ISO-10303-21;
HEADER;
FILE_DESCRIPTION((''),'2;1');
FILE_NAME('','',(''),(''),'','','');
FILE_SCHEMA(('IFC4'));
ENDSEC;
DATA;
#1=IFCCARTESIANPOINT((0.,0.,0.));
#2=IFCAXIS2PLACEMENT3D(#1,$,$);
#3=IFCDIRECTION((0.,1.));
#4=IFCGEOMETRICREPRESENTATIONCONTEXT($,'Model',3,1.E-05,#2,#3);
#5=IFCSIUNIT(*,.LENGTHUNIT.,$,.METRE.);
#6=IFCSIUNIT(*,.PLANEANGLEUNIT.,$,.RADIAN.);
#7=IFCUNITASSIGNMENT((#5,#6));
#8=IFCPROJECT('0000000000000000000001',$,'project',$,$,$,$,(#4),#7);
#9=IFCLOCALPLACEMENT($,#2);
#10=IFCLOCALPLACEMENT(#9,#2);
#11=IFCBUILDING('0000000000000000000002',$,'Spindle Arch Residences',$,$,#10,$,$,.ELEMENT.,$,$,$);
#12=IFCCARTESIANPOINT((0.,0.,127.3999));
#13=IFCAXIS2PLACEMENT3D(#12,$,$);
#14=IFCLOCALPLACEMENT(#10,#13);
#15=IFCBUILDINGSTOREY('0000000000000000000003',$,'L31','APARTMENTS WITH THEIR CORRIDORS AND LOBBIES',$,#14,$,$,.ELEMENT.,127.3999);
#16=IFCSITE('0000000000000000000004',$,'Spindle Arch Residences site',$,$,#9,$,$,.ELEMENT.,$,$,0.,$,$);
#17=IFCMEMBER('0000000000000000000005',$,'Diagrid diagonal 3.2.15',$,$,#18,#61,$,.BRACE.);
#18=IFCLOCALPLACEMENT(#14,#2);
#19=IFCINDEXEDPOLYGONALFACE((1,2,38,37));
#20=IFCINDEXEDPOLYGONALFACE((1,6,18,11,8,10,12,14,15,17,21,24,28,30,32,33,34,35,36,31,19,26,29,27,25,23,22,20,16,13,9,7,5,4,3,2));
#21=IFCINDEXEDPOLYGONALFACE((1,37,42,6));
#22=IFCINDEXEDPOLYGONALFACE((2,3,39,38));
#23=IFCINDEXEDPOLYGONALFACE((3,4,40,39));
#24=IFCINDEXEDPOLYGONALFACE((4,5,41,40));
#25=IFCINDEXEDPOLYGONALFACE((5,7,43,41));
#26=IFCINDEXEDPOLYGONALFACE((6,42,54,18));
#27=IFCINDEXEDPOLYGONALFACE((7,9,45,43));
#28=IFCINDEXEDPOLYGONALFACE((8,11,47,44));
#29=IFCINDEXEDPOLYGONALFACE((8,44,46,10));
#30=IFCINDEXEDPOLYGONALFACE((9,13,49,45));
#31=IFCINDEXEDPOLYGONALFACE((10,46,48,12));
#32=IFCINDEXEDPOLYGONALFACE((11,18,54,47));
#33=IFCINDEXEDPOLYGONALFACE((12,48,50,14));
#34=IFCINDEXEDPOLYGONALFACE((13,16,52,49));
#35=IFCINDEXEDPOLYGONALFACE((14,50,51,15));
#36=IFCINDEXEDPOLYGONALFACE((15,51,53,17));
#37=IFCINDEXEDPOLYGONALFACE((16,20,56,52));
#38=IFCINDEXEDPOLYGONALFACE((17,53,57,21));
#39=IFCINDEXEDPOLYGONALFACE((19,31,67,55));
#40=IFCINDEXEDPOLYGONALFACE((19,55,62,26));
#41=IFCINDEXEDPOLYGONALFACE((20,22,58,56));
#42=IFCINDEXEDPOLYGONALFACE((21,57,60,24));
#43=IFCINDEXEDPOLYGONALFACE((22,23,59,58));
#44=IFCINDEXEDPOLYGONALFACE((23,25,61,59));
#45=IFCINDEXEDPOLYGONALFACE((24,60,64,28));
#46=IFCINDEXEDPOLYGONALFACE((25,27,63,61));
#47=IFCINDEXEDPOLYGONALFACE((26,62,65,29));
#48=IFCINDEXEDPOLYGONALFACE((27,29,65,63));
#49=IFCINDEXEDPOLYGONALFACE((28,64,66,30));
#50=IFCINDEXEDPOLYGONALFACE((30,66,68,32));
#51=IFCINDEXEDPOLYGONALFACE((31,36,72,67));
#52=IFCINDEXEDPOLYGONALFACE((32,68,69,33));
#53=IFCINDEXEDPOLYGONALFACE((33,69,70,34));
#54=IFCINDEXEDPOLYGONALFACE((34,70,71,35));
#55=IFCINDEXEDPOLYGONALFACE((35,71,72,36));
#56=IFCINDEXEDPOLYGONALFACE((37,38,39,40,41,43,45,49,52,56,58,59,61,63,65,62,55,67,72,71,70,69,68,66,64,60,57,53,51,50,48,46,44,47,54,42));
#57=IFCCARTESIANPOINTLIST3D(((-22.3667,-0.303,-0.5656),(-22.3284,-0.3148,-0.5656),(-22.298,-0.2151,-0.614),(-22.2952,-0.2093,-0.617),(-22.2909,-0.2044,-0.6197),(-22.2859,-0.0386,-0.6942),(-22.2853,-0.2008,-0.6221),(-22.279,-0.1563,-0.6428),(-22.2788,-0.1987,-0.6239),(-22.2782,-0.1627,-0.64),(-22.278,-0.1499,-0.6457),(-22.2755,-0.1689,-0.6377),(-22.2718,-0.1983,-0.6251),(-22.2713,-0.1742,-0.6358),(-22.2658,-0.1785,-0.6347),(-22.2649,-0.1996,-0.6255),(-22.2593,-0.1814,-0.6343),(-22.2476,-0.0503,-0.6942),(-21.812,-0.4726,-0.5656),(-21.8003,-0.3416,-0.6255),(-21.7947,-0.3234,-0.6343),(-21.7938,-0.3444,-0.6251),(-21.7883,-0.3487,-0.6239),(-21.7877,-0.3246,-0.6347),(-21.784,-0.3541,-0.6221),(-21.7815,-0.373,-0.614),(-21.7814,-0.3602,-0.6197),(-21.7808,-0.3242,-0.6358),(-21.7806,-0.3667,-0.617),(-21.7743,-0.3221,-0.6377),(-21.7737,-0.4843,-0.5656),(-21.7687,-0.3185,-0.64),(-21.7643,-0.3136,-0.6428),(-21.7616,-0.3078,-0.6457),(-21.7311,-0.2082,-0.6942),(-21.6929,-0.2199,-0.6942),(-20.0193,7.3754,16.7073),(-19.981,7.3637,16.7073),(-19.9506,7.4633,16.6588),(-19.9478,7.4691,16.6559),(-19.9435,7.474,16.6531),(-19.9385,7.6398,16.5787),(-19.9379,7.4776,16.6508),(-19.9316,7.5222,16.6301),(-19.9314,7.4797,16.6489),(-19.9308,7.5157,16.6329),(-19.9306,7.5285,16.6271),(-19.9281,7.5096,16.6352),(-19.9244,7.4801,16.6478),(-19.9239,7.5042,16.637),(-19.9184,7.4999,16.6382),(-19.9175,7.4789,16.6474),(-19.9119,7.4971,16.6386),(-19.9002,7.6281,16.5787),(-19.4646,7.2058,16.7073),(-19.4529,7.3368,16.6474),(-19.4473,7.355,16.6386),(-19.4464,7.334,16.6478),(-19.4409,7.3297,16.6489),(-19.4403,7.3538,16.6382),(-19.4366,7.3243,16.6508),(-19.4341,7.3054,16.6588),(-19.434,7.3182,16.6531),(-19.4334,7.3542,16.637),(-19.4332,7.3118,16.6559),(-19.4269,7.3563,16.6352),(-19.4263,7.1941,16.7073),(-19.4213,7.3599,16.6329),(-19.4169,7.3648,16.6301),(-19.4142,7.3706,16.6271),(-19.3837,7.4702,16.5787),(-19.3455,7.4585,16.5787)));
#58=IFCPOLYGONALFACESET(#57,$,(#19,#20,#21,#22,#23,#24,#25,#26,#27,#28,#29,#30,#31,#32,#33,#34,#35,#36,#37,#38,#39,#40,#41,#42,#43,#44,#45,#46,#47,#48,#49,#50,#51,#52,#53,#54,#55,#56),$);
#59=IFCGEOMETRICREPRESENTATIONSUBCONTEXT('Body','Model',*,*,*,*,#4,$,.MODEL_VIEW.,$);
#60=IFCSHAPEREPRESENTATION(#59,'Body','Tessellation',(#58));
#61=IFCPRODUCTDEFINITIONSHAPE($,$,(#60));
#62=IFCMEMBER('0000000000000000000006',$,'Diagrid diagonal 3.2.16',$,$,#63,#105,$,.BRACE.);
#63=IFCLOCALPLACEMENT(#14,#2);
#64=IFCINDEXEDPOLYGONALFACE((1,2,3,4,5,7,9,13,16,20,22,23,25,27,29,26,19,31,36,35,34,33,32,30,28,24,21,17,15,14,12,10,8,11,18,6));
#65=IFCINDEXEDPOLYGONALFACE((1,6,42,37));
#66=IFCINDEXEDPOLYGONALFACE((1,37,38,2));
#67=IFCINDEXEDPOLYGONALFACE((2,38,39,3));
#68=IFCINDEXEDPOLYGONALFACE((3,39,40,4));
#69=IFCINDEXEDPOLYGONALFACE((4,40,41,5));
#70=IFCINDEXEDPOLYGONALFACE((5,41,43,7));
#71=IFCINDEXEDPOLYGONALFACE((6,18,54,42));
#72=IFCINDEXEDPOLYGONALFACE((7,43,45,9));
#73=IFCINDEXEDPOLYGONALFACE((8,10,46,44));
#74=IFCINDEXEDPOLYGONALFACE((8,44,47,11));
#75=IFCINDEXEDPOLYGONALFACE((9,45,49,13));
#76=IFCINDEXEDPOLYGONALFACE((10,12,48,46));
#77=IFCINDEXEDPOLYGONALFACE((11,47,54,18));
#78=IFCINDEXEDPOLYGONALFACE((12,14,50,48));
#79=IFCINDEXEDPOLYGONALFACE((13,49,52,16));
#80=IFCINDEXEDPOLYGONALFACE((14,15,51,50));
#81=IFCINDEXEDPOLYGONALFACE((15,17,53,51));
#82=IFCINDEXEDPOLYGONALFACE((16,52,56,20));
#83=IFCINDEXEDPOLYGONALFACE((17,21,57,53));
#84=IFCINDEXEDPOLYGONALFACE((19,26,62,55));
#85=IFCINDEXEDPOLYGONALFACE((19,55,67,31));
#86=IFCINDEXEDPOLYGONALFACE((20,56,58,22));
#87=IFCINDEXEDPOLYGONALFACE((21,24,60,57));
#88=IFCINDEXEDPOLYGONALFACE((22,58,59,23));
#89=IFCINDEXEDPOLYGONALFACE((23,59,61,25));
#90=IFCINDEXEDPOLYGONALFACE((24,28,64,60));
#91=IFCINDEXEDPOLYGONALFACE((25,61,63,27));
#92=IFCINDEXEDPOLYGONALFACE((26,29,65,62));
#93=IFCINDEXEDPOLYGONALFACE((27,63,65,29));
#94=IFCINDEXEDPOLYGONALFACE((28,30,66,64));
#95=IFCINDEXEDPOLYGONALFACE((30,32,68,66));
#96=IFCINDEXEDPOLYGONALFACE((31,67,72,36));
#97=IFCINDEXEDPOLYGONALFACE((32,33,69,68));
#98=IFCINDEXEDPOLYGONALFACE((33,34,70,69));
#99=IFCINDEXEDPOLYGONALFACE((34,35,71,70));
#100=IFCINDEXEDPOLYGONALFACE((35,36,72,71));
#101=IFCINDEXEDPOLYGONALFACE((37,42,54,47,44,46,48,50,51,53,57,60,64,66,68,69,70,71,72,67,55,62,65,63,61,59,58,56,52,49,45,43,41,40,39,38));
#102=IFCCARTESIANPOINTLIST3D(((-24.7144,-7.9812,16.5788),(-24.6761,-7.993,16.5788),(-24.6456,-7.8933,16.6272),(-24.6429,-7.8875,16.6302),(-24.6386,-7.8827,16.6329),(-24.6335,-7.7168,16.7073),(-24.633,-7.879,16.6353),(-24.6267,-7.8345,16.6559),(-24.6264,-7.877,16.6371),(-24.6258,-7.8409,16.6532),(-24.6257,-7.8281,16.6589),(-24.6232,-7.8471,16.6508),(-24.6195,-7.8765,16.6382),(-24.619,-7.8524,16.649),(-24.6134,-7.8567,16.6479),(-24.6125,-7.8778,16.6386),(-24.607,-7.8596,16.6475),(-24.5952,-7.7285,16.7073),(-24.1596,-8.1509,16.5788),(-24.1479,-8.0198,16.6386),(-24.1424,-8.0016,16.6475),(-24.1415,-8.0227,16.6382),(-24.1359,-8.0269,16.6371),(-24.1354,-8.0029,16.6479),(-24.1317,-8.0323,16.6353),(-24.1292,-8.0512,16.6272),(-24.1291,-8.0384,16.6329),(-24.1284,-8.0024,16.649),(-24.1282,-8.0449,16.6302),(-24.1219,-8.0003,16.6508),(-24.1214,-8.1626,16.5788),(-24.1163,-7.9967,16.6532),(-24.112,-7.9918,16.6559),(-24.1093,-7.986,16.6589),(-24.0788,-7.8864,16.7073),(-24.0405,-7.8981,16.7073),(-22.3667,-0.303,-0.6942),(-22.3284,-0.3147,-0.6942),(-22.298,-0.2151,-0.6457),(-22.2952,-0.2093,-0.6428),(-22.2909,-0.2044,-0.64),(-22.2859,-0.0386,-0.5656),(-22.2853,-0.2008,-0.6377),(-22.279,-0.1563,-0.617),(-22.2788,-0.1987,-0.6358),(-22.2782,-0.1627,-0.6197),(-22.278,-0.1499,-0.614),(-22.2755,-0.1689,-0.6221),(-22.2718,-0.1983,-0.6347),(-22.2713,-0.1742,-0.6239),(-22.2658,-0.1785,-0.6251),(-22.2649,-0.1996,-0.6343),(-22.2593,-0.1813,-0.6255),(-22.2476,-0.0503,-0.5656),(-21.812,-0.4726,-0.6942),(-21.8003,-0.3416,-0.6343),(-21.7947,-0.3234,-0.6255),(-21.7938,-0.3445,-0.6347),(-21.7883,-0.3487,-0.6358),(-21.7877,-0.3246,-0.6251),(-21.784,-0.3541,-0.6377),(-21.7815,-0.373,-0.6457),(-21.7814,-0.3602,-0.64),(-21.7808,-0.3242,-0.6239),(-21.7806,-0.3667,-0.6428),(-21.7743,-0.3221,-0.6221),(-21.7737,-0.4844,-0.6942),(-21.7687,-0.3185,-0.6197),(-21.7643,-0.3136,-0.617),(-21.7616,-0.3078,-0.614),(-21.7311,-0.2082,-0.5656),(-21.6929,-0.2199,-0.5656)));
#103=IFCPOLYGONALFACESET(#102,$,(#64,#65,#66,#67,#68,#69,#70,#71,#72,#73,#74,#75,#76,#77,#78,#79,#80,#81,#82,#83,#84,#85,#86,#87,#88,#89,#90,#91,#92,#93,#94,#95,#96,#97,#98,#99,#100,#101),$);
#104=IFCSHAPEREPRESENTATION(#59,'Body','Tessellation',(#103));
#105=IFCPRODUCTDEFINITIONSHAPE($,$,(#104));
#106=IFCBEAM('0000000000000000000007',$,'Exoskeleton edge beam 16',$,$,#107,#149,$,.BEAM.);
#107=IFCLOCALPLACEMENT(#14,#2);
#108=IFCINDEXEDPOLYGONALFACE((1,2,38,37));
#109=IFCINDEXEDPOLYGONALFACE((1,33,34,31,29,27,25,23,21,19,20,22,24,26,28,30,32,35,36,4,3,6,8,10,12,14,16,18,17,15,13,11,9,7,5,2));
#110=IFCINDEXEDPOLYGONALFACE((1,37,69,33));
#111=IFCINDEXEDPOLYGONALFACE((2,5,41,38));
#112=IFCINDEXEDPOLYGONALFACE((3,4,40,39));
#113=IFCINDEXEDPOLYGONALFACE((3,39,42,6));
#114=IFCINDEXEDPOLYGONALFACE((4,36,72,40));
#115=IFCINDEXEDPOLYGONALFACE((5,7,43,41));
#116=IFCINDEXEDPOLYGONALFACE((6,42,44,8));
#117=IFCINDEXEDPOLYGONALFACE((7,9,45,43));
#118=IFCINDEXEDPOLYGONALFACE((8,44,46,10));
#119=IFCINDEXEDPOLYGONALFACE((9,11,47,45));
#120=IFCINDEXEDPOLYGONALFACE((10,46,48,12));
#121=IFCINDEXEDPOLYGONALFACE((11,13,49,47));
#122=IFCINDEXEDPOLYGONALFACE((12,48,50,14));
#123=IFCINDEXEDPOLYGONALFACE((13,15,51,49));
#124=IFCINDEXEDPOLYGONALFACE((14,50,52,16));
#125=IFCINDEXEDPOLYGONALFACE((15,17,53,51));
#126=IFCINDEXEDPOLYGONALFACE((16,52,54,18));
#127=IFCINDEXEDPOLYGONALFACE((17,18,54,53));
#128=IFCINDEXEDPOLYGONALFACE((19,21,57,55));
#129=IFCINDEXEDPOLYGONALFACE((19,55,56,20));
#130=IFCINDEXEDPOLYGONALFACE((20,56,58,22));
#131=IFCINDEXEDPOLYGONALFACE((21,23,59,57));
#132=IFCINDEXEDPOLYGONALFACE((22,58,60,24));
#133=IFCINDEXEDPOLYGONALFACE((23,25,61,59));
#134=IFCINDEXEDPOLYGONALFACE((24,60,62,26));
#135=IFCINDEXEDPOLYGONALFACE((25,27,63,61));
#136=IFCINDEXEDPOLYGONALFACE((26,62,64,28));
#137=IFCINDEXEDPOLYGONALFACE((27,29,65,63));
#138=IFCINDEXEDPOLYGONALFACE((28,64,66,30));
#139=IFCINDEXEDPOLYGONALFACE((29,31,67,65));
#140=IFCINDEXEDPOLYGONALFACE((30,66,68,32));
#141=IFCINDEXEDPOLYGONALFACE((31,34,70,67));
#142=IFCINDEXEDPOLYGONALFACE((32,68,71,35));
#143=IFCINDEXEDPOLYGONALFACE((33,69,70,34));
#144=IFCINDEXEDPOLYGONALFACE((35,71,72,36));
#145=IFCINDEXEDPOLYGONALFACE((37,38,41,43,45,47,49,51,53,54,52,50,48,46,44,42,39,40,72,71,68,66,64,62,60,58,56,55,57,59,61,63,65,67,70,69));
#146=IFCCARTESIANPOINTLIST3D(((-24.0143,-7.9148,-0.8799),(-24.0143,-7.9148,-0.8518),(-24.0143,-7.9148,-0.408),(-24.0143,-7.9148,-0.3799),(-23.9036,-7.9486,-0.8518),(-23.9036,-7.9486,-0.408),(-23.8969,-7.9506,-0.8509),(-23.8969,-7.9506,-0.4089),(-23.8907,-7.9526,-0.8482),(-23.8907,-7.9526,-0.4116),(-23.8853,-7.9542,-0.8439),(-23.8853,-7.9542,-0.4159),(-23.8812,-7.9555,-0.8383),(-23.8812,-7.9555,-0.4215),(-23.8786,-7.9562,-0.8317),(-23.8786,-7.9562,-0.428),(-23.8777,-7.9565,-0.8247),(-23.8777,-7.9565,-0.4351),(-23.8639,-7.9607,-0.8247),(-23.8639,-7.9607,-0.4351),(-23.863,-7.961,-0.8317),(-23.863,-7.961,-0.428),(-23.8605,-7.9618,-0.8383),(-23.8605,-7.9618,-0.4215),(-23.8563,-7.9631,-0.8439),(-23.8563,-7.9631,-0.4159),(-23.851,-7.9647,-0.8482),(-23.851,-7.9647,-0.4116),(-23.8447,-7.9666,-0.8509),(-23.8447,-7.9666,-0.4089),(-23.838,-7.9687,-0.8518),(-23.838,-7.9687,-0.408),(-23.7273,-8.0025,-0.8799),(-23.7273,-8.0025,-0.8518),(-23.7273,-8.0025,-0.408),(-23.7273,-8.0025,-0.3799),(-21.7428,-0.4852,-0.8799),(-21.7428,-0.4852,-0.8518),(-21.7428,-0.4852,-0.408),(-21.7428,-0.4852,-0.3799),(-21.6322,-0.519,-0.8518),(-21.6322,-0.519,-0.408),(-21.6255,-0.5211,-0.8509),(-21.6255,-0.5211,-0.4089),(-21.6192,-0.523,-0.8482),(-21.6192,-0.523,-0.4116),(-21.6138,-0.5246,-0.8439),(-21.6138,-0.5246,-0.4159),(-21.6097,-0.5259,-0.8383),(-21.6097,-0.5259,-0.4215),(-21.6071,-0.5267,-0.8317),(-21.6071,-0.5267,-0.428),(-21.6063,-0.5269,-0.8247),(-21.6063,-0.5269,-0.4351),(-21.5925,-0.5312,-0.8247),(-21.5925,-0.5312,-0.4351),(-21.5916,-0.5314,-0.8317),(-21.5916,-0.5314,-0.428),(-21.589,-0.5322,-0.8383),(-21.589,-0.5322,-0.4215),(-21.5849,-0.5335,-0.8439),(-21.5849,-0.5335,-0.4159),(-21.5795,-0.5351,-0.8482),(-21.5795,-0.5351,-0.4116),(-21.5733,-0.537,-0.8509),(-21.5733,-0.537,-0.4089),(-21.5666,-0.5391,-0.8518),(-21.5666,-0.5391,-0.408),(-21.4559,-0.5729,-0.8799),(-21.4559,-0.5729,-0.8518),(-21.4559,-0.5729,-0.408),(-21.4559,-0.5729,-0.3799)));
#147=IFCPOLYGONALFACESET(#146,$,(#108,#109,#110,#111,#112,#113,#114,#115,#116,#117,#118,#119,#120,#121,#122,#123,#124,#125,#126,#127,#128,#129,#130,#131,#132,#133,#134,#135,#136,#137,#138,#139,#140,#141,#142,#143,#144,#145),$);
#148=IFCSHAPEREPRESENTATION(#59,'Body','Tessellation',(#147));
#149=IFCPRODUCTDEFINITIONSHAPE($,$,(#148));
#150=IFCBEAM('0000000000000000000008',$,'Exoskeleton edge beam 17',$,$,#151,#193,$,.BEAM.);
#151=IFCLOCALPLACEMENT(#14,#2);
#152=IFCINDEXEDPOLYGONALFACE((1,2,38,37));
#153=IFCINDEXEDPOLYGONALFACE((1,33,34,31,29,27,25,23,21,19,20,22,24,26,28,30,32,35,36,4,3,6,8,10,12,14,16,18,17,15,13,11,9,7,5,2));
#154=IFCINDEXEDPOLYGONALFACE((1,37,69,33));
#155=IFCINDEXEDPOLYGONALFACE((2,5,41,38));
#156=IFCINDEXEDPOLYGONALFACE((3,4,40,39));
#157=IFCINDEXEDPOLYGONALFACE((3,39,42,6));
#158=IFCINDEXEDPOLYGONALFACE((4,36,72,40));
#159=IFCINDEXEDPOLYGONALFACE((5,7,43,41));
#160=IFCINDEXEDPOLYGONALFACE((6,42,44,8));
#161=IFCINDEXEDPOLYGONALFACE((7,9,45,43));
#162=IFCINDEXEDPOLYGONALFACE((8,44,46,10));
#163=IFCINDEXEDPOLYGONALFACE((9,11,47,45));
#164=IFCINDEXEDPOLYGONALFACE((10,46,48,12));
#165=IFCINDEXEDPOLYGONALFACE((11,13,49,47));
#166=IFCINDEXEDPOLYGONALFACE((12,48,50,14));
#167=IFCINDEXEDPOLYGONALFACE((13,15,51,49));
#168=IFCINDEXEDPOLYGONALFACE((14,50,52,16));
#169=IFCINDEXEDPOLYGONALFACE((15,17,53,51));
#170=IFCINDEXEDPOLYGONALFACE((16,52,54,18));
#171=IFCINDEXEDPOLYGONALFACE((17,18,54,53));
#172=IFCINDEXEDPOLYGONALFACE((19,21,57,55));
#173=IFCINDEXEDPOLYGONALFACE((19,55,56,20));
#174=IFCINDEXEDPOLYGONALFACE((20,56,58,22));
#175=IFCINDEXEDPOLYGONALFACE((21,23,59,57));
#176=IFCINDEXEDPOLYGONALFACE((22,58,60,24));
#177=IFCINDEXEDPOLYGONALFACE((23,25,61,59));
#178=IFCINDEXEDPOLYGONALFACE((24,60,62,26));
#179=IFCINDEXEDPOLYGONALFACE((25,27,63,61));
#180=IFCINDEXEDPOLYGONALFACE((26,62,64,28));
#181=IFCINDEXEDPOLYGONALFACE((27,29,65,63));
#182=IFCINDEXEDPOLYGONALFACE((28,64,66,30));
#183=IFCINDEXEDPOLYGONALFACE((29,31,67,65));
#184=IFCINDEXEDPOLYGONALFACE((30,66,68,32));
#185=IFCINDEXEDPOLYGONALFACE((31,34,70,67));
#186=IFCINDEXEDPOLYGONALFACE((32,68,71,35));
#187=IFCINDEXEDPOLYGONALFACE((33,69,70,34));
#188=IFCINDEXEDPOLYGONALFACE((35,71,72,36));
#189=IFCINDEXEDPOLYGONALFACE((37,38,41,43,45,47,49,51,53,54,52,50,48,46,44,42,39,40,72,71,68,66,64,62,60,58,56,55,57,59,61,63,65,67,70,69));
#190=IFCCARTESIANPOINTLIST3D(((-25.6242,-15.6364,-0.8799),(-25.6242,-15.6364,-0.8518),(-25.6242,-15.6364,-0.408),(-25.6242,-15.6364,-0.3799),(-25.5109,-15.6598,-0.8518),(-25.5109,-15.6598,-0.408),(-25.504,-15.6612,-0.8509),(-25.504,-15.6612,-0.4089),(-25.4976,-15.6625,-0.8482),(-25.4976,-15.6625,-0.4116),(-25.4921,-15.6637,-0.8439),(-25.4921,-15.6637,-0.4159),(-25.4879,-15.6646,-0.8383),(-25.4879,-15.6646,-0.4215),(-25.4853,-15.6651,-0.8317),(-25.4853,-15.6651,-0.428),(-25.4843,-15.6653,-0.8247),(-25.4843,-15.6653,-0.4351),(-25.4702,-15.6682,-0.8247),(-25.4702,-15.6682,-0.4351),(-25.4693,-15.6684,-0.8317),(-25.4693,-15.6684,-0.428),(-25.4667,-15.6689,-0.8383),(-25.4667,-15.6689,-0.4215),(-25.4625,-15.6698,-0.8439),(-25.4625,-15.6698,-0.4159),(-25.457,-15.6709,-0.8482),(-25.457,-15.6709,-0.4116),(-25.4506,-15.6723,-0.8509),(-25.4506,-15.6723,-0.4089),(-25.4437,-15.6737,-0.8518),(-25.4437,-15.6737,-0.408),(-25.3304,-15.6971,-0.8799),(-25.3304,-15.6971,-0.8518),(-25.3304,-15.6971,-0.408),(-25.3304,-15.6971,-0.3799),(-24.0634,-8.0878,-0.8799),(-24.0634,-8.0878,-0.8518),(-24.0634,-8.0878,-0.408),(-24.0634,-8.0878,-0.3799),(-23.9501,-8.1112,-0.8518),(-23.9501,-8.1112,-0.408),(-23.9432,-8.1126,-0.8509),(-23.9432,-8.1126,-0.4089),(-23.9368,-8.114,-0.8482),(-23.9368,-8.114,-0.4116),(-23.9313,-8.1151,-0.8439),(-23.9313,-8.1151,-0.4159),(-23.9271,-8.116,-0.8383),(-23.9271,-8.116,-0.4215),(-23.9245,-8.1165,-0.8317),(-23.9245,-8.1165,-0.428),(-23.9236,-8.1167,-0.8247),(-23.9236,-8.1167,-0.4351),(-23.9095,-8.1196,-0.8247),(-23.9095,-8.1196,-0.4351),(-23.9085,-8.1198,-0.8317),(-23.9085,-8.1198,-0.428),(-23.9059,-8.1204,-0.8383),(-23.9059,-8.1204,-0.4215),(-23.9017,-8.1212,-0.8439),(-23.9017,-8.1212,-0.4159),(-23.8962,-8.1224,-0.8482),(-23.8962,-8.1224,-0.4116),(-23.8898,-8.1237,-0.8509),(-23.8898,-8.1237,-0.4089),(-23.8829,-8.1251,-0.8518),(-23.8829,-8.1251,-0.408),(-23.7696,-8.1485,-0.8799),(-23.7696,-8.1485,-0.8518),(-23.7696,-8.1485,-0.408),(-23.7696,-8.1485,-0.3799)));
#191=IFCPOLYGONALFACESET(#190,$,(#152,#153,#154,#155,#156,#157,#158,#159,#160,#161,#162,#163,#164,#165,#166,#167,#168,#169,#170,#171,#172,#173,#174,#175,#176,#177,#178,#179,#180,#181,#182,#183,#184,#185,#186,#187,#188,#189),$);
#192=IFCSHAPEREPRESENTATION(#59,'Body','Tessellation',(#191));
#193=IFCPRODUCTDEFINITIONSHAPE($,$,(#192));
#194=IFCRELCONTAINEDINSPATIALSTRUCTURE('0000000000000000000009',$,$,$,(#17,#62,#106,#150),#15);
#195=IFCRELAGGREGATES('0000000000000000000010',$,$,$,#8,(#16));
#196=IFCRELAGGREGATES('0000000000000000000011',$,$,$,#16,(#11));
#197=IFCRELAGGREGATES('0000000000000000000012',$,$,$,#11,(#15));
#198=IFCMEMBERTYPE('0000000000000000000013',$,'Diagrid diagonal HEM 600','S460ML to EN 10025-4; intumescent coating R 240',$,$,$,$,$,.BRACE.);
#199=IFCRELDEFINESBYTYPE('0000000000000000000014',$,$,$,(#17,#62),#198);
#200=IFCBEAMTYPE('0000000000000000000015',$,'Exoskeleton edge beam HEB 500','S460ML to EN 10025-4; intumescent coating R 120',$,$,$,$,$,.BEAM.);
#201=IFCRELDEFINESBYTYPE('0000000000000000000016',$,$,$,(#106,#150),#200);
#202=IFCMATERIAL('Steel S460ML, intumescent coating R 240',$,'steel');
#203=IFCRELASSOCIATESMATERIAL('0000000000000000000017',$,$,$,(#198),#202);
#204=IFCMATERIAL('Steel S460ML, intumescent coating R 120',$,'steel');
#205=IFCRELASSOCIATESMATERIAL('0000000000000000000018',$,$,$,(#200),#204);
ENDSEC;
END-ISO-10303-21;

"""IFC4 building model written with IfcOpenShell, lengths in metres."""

from ifc_helpers import new_model, si_unit, direction, frame, origin, origin_2d, place, context, subcontext, project, spatial, i_section, extrude, material, material_profile, profile_set, type_object, element, save


model = new_model("IFC4")

# Units and contexts
model_context = context("Model", 3, precision=1e-05, world=origin(), true_north=direction((0.0, 1.0)))
body_context = subcontext(model_context, "Body", "Model", "MODEL_VIEW")
ifc_project = project(units=[si_unit("LENGTHUNIT", "METRE"), si_unit("PLANEANGLEUNIT", "RADIAN")], contexts=[model_context])

# Site, building, storey
site_placement = place(None, origin())
site = spatial("IfcSite", under=ifc_project, at=site_placement, Name="Spindle Arch Residences site", CompositionType="ELEMENT", RefElevation=0.0)
building_placement = place(site_placement, origin())
building = spatial("IfcBuilding", under=site, at=building_placement, Name="Spindle Arch Residences", CompositionType="ELEMENT")
storey_placement = place(building_placement, frame((0.0, 0.0, 127.3999)))
storey = spatial("IfcBuildingStorey", under=building, at=storey_placement, Name="L31", Description="APARTMENTS WITH THEIR CORRIDORS AND LOBBIES", CompositionType="ELEMENT", Elevation=127.3999)

# Members
ifc_material_1 = material(Name="Steel S460ML, intumescent coating R 240", Category="steel")
ifc_material_profile_1 = material_profile(ifc_material_1, i_section(OverallWidth=0.3049, OverallDepth=0.6201, WebThickness=0.021, FlangeThickness=0.04, FilletRadius=0.0271, at=origin_2d()), Name="HEM 600")
ifc_profile_set_1 = profile_set([ifc_material_profile_1], Name="Steel S460ML, intumescent coating R 240")
member_type_1 = type_object("IfcMemberType", Name="Diagrid diagonal HEM 600", Description="S460ML to EN 10025-4; intumescent coating R 240", PredefinedType="BRACE", material=ifc_profile_set_1)
for number, where, z_axis, x_axis, name in (
    (1, (-22.0298, -0.2615, -0.6299), (0.123237, 0.403113, 0.906815), (-0.265113, -0.867195, 0.42153), "Diagrid diagonal 3.2.15"),
    (2, (-22.0298, -0.2615, -0.6299), (-0.12325, -0.403101, 0.906818), (0.265147, 0.867188, 0.421523), "Diagrid diagonal 3.2.16"),
):
    element("IfcMember", number, at=place(storey_placement, frame(where, z_axis=z_axis, x_axis=x_axis)), inside=storey, type_object=member_type_1, Name=name, PredefinedType="BRACE", context=body_context, shape_type="SweptSolid", body=[
        extrude(i_section(OverallWidth=0.3049, OverallDepth=0.6201, WebThickness=0.021, FlangeThickness=0.04, FilletRadius=0.0271, at=origin_2d()), origin(), (0.0, 0.0, 1.0), 19.0479),
    ])

# Beams
ifc_material_2 = material(Name="Steel S460ML, intumescent coating R 120", Category="steel")
ifc_material_profile_2 = material_profile(ifc_material_2, i_section(OverallWidth=0.3, OverallDepth=0.5, WebThickness=0.0144, FlangeThickness=0.0281, FilletRadius=0.0271, at=origin_2d()), Name="HEB 500")
ifc_profile_set_2 = profile_set([ifc_material_profile_2], Name="Steel S460ML, intumescent coating R 120")
beam_type_1 = type_object("IfcBeamType", Name="Exoskeleton edge beam HEB 500", Description="S460ML to EN 10025-4; intumescent coating R 120", PredefinedType="BEAM", material=ifc_profile_set_2)
beam_1_placement = place(storey_placement, frame((-21.5994, -0.5291, -0.6299), z_axis=(-0.292372, -0.956305, 0.0), x_axis=(0.956305, -0.292372, 0.0)))
element("IfcBeam", 3, at=beam_1_placement, inside=storey, type_object=beam_type_1, Name="Exoskeleton edge beam 16", PredefinedType="BEAM", context=body_context, shape_type="SweptSolid", body=[
    extrude(i_section(OverallWidth=0.3, OverallDepth=0.5, WebThickness=0.0144, FlangeThickness=0.0281, FilletRadius=0.0271, at=origin_2d()), origin(), (0.0, 0.0, 1.0), 7.769),
])
beam_2_placement = place(storey_placement, frame((-23.9165, -8.1182, -0.6299), z_axis=(-0.202483, -0.979286, 0.0), x_axis=(0.979286, -0.202483, 0.0)))
element("IfcBeam", 4, at=beam_2_placement, inside=storey, type_object=beam_type_1, Name="Exoskeleton edge beam 17", PredefinedType="BEAM", context=body_context, shape_type="SweptSolid", body=[
    extrude(i_section(OverallWidth=0.3, OverallDepth=0.5, WebThickness=0.0144, FlangeThickness=0.0281, FilletRadius=0.0271, at=origin_2d()), origin(), (0.0, 0.0, 1.0), 7.7083),
])

save(model, "model.ifc")
